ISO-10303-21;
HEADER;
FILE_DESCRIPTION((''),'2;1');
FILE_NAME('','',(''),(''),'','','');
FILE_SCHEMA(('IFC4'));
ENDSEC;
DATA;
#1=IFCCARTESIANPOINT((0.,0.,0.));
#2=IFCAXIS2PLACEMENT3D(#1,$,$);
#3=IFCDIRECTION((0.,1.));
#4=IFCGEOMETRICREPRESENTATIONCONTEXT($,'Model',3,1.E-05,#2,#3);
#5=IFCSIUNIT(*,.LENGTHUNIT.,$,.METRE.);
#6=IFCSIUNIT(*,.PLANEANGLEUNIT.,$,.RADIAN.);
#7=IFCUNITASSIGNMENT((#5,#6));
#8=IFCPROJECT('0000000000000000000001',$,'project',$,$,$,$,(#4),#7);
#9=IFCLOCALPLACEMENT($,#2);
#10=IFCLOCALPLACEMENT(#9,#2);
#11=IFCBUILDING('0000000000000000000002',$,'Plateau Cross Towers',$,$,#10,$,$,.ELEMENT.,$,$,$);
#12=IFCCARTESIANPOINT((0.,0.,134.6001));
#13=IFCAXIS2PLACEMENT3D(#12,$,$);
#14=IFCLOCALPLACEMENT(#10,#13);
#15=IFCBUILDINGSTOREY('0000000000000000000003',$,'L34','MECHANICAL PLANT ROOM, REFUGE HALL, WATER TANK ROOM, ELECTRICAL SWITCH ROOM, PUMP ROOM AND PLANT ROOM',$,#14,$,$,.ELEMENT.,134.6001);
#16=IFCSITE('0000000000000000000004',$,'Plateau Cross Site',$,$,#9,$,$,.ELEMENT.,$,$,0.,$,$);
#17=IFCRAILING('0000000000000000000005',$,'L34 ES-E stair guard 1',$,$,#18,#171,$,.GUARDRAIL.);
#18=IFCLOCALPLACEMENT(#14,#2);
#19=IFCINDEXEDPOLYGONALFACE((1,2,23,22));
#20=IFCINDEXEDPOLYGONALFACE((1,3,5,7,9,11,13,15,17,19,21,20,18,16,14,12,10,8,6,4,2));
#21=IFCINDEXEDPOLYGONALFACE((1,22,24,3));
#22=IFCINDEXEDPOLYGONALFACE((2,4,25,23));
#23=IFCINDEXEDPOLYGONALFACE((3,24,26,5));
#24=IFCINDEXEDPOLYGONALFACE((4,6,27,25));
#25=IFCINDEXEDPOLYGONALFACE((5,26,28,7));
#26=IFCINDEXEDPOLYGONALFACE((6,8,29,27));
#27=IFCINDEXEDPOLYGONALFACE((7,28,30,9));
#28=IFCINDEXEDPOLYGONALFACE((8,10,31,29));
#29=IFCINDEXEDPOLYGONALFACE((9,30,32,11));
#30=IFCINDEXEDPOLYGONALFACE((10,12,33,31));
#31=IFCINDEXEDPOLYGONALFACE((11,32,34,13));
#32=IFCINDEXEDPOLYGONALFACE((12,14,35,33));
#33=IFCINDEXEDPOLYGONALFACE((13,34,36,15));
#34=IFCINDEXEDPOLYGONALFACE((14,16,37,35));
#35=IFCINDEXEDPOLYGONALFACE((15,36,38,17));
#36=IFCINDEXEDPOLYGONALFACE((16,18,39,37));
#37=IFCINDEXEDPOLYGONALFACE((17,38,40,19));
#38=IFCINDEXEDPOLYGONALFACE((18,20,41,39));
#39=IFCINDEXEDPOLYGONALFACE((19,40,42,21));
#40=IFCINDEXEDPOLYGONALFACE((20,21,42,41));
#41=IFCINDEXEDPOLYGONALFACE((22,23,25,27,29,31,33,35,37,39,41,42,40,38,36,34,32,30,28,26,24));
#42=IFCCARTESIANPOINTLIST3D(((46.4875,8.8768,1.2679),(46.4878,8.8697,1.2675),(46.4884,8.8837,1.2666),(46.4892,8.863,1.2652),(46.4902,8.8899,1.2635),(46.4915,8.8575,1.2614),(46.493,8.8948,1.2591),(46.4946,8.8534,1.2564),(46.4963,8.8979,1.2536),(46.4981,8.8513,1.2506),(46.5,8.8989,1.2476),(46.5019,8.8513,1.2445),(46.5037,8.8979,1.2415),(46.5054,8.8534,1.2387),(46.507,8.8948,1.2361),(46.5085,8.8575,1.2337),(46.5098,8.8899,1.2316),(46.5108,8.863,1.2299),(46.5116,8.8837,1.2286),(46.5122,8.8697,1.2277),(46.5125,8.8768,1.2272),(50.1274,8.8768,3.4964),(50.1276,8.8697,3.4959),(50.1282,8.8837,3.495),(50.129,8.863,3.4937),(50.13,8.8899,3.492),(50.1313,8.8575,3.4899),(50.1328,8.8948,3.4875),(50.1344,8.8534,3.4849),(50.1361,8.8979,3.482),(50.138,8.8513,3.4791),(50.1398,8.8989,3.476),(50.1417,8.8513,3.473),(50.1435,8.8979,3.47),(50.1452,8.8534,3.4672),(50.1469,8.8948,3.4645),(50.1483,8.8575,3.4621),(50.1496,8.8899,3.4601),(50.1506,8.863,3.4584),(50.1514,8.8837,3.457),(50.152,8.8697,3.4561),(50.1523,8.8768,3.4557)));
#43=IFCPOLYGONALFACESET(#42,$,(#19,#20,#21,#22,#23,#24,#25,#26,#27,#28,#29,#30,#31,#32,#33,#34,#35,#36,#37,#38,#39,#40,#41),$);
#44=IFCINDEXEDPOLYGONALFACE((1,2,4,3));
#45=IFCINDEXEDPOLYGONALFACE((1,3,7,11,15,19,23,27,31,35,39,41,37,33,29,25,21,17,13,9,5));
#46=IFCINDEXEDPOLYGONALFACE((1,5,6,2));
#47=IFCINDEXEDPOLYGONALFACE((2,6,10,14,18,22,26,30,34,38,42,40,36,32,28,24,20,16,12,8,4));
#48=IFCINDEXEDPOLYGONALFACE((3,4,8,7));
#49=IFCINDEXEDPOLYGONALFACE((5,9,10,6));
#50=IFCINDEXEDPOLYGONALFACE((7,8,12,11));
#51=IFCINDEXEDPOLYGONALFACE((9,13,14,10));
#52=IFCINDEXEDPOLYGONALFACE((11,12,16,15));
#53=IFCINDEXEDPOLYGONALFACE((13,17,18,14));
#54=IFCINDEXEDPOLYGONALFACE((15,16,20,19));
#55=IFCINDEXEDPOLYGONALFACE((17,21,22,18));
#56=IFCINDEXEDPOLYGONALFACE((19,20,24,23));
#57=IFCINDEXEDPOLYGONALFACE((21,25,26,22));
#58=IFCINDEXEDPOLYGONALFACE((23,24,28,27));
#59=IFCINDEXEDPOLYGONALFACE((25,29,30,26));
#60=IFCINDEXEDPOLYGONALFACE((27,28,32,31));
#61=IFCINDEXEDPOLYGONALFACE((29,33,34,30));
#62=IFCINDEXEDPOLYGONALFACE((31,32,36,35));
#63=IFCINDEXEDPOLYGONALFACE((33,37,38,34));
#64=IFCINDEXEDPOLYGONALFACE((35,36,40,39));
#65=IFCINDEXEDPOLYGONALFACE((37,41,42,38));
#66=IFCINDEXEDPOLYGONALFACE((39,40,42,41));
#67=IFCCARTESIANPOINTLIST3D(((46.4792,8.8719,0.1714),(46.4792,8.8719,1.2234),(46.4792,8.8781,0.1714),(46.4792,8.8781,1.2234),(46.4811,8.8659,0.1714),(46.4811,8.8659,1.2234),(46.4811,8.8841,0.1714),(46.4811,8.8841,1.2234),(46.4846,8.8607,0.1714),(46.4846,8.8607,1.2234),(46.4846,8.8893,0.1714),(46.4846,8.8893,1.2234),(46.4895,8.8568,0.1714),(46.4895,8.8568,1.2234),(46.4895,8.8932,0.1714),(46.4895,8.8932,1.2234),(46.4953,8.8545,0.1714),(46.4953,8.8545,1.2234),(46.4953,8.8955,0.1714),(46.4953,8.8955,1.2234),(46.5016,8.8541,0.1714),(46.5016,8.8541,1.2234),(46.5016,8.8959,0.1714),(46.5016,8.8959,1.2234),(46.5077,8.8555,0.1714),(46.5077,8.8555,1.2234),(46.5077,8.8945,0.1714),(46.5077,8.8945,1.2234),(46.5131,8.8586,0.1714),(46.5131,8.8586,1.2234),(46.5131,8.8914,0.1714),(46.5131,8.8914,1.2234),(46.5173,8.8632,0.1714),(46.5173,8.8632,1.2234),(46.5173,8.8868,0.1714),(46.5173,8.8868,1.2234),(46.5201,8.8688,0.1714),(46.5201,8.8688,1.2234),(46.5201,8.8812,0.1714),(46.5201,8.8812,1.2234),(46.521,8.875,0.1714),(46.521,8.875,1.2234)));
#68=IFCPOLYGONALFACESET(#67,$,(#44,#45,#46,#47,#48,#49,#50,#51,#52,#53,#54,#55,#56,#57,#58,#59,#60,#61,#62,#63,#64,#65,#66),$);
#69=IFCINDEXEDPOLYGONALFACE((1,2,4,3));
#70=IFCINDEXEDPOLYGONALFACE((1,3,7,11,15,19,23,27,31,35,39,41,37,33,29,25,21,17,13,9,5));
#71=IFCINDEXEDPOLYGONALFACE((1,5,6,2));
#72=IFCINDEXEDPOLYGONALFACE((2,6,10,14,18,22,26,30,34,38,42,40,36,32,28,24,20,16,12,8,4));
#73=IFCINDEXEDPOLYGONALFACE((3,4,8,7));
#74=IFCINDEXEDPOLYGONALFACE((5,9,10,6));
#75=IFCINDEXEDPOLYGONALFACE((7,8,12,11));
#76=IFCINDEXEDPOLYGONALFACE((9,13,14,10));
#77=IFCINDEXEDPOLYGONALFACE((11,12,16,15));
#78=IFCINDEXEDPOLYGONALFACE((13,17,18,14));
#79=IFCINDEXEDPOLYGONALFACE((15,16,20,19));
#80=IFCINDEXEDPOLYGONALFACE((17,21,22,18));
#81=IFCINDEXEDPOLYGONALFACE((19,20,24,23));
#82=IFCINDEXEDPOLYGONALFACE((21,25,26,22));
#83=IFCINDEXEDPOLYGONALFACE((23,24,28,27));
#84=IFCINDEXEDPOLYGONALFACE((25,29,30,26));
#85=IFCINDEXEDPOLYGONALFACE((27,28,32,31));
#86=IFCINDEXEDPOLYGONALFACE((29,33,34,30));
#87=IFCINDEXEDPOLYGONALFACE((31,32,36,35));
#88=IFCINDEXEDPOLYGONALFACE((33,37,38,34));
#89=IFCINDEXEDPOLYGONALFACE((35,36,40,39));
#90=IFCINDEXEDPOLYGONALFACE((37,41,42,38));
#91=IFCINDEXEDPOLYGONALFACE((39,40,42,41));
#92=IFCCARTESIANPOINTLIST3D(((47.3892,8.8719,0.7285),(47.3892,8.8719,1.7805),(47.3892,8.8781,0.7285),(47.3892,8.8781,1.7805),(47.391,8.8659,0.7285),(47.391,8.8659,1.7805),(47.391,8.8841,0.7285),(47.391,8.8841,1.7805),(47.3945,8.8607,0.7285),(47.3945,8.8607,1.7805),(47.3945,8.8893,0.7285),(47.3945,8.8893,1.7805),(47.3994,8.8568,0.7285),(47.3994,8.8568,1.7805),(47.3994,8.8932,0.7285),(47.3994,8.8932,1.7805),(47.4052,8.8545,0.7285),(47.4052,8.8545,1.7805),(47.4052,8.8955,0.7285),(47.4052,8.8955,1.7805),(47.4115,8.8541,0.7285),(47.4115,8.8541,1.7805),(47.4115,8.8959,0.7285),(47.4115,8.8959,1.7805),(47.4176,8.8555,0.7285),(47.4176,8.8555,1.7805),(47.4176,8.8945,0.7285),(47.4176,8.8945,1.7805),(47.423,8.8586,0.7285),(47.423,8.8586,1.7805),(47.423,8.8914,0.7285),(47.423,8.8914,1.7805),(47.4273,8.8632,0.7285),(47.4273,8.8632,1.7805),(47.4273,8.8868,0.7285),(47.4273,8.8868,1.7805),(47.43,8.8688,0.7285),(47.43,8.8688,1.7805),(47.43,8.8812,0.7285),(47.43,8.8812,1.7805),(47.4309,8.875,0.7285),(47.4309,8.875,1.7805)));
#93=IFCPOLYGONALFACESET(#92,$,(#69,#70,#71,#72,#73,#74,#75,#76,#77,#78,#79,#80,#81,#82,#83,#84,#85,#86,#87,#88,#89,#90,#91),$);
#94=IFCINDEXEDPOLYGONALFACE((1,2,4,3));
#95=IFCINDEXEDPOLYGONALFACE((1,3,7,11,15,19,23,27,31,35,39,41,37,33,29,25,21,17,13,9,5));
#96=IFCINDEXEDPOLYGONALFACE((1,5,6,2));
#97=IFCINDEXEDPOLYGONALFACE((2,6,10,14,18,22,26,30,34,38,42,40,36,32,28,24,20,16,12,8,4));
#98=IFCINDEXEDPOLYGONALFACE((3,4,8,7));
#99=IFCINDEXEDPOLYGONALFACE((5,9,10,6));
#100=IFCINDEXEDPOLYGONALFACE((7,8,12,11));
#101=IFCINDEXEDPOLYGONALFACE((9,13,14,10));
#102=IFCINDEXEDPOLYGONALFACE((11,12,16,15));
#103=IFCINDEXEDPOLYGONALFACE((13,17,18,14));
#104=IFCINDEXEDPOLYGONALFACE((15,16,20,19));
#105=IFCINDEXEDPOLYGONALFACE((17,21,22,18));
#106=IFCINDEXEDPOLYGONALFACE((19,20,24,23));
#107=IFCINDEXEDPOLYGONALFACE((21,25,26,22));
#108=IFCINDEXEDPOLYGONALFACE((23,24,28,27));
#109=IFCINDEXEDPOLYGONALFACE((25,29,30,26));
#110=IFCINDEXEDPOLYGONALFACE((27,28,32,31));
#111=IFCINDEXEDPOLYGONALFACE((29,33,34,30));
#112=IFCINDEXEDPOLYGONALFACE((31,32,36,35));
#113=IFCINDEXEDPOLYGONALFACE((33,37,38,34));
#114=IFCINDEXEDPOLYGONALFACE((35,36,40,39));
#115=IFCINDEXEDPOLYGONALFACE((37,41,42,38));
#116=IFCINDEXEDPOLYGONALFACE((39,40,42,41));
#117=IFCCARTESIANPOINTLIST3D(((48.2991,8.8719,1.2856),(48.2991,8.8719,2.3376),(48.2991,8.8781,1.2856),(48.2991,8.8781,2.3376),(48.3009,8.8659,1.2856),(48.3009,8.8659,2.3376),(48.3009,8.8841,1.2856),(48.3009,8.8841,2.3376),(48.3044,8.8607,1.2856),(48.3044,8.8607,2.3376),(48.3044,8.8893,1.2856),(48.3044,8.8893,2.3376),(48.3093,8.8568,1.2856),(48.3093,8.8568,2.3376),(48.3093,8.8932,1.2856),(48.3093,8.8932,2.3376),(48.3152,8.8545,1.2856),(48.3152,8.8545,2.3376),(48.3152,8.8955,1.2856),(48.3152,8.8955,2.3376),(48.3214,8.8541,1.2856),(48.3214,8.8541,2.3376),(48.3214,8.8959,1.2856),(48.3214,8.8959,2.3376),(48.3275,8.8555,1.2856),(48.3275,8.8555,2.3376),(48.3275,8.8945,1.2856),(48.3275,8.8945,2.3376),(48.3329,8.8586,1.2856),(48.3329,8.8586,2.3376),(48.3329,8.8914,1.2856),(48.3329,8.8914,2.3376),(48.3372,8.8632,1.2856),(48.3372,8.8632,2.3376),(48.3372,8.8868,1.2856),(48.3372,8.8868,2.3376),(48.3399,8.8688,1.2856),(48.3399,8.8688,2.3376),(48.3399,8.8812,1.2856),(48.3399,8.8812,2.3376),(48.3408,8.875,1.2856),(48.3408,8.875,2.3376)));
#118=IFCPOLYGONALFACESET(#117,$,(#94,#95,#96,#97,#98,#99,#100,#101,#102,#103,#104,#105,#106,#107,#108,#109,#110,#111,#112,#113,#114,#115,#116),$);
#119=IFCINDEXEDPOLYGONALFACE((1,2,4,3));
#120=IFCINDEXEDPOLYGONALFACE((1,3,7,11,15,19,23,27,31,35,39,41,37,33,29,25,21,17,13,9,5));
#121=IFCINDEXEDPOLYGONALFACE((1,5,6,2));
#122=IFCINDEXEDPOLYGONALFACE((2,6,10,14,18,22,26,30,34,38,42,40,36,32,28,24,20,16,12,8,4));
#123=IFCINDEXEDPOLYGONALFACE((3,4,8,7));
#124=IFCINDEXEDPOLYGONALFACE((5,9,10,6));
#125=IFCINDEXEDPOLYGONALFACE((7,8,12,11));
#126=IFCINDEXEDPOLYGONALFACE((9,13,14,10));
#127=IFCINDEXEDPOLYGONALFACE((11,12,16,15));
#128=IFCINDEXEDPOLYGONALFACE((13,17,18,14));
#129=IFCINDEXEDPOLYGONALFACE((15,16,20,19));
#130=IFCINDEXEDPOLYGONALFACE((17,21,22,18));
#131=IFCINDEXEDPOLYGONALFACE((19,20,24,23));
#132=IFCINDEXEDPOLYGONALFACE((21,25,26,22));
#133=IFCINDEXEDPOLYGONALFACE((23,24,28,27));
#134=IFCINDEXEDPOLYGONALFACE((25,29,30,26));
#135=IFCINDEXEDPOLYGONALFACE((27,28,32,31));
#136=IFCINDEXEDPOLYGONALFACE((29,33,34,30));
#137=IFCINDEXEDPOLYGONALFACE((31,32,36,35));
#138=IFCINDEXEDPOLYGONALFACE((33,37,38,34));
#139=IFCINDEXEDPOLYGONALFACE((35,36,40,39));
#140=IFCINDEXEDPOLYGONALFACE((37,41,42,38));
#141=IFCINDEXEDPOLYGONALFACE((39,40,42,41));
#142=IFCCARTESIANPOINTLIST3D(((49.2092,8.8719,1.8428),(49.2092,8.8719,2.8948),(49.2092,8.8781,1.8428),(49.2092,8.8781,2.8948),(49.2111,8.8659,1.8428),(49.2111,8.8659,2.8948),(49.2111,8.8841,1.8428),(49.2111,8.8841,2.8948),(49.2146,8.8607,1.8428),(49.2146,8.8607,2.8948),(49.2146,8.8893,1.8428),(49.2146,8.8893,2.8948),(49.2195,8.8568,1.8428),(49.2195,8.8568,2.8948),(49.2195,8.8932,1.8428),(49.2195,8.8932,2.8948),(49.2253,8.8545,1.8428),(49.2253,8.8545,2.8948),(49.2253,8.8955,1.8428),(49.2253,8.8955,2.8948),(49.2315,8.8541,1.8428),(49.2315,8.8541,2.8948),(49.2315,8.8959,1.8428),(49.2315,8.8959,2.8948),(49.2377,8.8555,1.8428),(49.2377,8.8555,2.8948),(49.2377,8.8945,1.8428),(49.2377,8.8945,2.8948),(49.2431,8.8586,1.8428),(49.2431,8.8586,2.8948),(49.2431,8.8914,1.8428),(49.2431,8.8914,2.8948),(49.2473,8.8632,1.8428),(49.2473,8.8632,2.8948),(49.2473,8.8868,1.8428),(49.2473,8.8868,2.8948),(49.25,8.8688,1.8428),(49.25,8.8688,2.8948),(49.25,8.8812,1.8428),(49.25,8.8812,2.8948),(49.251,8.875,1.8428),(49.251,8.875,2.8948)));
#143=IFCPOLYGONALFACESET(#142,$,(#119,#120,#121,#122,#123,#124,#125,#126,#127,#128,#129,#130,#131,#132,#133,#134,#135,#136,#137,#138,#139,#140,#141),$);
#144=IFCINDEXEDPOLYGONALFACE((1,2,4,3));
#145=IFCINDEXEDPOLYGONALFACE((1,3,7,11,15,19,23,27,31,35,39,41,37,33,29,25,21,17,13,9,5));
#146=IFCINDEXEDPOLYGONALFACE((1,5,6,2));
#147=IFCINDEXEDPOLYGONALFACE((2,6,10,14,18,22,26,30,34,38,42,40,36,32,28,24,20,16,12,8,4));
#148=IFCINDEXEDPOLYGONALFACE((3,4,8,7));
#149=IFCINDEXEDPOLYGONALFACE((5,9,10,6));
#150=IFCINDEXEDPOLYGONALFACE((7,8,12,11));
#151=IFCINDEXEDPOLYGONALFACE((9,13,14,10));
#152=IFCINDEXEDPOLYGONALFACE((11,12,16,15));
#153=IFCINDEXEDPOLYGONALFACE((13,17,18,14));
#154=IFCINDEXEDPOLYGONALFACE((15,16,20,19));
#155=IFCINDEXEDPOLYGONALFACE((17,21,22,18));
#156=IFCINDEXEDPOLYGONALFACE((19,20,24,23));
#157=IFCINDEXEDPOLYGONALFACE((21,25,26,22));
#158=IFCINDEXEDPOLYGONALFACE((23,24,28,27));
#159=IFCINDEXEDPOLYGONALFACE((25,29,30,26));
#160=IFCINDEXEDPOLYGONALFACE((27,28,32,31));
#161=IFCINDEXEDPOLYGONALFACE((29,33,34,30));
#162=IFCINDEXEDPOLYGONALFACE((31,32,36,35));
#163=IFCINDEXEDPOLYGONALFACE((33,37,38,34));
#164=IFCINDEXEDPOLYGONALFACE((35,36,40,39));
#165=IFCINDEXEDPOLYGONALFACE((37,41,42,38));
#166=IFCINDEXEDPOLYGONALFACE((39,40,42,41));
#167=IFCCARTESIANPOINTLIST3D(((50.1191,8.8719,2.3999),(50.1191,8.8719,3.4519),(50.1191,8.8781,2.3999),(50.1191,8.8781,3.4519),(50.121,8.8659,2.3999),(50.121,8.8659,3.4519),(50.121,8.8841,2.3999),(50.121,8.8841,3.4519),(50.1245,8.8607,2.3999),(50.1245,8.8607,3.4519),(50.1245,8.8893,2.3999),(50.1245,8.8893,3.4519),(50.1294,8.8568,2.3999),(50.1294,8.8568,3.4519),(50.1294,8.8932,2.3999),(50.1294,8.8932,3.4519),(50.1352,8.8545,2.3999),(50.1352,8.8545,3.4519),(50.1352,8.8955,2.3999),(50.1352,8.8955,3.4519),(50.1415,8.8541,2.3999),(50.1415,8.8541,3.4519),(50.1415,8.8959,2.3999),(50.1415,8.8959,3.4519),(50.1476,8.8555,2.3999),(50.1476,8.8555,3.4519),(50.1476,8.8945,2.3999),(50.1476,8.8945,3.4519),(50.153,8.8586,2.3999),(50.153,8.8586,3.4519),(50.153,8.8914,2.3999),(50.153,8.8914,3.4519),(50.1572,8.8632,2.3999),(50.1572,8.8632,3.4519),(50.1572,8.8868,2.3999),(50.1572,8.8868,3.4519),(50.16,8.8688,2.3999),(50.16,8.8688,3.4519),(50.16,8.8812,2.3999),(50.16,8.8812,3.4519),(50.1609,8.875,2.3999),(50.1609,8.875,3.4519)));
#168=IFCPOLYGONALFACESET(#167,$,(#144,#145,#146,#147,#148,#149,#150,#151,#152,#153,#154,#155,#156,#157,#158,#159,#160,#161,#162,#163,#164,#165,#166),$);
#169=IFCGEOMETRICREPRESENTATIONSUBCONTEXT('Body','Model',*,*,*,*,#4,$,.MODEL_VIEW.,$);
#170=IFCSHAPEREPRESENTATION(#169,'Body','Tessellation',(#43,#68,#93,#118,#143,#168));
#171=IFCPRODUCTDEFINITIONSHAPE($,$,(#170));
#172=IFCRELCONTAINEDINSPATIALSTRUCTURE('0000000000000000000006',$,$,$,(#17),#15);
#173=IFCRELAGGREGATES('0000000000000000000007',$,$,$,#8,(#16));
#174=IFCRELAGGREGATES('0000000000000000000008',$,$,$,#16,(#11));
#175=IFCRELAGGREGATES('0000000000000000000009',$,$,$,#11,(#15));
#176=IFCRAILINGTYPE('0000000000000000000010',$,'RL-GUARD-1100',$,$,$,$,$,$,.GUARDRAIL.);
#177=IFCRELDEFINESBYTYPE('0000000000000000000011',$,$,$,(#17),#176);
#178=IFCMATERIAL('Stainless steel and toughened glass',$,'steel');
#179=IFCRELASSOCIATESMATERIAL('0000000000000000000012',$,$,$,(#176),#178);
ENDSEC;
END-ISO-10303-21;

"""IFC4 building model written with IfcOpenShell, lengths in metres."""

from ifc_helpers import new_model, si_unit, direction, frame, origin, origin_2d, place, context, subcontext, project, spatial, circle, extrude, material, type_object, element, save


model = new_model("IFC4")

# Units and contexts
model_context = context("Model", 3, precision=1e-05, world=origin(), true_north=direction((0.0, 1.0)))
body_context = subcontext(model_context, "Body", "Model", "MODEL_VIEW")
ifc_project = project(units=[si_unit("LENGTHUNIT", "METRE"), si_unit("PLANEANGLEUNIT", "RADIAN")], contexts=[model_context])

# Site, building, storey
site_placement = place(None, origin())
site = spatial("IfcSite", under=ifc_project, at=site_placement, Name="Plateau Cross Site", CompositionType="ELEMENT", RefElevation=0.0)
building_placement = place(site_placement, origin())
building = spatial("IfcBuilding", under=site, at=building_placement, Name="Plateau Cross Towers", CompositionType="ELEMENT")
storey_placement = place(building_placement, frame((0.0, 0.0, 134.6001)))
storey = spatial("IfcBuildingStorey", under=building, at=storey_placement, Name="L34", Description="MECHANICAL PLANT ROOM, REFUGE HALL, WATER TANK ROOM, ELECTRICAL SWITCH ROOM, PUMP ROOM AND PLANT ROOM", CompositionType="ELEMENT", Elevation=134.6001)

# Railing
ifc_material_1 = material(Name="Stainless steel and toughened glass", Category="steel")
railing_type_1 = type_object("IfcRailingType", Name="RL-GUARD-1100", PredefinedType="GUARDRAIL", material=ifc_material_1)
railing_1_placement = place(storey_placement, frame((46.5, 8.875, 0.1714)))
element("IfcRailing", 1, at=railing_1_placement, inside=storey, type_object=railing_type_1, Name="L34 ES-E stair guard 1", PredefinedType="GUARDRAIL", context=body_context, shape_type="SweptSolid", body=[
    extrude(circle(Radius=0.0239, at=origin_2d()), frame((0.0, 0.0, 1.0762), z_axis=(0.85285, 0.0, 0.522156), x_axis=(0.0, 1.0, 0.0)), (0.0, 0.0, 1.0), 4.2678),
    extrude(circle(Radius=0.021, at=origin_2d()), origin(), (0.0, 0.0, 1.0), 1.052),
    extrude(circle(Radius=0.021, at=origin_2d()), frame((0.9099, 0.0, 0.5571)), (0.0, 0.0, 1.0), 1.052),
    extrude(circle(Radius=0.021, at=origin_2d()), frame((1.8198, 0.0, 1.1143)), (0.0, 0.0, 1.0), 1.052),
    extrude(circle(Radius=0.021, at=origin_2d()), frame((2.73, 0.0, 1.6714)), (0.0, 0.0, 1.0), 1.052),
    extrude(circle(Radius=0.021, at=origin_2d()), frame((3.6399, 0.0, 2.2285)), (0.0, 0.0, 1.0), 1.052),
])

save(model, "model.ifc")
